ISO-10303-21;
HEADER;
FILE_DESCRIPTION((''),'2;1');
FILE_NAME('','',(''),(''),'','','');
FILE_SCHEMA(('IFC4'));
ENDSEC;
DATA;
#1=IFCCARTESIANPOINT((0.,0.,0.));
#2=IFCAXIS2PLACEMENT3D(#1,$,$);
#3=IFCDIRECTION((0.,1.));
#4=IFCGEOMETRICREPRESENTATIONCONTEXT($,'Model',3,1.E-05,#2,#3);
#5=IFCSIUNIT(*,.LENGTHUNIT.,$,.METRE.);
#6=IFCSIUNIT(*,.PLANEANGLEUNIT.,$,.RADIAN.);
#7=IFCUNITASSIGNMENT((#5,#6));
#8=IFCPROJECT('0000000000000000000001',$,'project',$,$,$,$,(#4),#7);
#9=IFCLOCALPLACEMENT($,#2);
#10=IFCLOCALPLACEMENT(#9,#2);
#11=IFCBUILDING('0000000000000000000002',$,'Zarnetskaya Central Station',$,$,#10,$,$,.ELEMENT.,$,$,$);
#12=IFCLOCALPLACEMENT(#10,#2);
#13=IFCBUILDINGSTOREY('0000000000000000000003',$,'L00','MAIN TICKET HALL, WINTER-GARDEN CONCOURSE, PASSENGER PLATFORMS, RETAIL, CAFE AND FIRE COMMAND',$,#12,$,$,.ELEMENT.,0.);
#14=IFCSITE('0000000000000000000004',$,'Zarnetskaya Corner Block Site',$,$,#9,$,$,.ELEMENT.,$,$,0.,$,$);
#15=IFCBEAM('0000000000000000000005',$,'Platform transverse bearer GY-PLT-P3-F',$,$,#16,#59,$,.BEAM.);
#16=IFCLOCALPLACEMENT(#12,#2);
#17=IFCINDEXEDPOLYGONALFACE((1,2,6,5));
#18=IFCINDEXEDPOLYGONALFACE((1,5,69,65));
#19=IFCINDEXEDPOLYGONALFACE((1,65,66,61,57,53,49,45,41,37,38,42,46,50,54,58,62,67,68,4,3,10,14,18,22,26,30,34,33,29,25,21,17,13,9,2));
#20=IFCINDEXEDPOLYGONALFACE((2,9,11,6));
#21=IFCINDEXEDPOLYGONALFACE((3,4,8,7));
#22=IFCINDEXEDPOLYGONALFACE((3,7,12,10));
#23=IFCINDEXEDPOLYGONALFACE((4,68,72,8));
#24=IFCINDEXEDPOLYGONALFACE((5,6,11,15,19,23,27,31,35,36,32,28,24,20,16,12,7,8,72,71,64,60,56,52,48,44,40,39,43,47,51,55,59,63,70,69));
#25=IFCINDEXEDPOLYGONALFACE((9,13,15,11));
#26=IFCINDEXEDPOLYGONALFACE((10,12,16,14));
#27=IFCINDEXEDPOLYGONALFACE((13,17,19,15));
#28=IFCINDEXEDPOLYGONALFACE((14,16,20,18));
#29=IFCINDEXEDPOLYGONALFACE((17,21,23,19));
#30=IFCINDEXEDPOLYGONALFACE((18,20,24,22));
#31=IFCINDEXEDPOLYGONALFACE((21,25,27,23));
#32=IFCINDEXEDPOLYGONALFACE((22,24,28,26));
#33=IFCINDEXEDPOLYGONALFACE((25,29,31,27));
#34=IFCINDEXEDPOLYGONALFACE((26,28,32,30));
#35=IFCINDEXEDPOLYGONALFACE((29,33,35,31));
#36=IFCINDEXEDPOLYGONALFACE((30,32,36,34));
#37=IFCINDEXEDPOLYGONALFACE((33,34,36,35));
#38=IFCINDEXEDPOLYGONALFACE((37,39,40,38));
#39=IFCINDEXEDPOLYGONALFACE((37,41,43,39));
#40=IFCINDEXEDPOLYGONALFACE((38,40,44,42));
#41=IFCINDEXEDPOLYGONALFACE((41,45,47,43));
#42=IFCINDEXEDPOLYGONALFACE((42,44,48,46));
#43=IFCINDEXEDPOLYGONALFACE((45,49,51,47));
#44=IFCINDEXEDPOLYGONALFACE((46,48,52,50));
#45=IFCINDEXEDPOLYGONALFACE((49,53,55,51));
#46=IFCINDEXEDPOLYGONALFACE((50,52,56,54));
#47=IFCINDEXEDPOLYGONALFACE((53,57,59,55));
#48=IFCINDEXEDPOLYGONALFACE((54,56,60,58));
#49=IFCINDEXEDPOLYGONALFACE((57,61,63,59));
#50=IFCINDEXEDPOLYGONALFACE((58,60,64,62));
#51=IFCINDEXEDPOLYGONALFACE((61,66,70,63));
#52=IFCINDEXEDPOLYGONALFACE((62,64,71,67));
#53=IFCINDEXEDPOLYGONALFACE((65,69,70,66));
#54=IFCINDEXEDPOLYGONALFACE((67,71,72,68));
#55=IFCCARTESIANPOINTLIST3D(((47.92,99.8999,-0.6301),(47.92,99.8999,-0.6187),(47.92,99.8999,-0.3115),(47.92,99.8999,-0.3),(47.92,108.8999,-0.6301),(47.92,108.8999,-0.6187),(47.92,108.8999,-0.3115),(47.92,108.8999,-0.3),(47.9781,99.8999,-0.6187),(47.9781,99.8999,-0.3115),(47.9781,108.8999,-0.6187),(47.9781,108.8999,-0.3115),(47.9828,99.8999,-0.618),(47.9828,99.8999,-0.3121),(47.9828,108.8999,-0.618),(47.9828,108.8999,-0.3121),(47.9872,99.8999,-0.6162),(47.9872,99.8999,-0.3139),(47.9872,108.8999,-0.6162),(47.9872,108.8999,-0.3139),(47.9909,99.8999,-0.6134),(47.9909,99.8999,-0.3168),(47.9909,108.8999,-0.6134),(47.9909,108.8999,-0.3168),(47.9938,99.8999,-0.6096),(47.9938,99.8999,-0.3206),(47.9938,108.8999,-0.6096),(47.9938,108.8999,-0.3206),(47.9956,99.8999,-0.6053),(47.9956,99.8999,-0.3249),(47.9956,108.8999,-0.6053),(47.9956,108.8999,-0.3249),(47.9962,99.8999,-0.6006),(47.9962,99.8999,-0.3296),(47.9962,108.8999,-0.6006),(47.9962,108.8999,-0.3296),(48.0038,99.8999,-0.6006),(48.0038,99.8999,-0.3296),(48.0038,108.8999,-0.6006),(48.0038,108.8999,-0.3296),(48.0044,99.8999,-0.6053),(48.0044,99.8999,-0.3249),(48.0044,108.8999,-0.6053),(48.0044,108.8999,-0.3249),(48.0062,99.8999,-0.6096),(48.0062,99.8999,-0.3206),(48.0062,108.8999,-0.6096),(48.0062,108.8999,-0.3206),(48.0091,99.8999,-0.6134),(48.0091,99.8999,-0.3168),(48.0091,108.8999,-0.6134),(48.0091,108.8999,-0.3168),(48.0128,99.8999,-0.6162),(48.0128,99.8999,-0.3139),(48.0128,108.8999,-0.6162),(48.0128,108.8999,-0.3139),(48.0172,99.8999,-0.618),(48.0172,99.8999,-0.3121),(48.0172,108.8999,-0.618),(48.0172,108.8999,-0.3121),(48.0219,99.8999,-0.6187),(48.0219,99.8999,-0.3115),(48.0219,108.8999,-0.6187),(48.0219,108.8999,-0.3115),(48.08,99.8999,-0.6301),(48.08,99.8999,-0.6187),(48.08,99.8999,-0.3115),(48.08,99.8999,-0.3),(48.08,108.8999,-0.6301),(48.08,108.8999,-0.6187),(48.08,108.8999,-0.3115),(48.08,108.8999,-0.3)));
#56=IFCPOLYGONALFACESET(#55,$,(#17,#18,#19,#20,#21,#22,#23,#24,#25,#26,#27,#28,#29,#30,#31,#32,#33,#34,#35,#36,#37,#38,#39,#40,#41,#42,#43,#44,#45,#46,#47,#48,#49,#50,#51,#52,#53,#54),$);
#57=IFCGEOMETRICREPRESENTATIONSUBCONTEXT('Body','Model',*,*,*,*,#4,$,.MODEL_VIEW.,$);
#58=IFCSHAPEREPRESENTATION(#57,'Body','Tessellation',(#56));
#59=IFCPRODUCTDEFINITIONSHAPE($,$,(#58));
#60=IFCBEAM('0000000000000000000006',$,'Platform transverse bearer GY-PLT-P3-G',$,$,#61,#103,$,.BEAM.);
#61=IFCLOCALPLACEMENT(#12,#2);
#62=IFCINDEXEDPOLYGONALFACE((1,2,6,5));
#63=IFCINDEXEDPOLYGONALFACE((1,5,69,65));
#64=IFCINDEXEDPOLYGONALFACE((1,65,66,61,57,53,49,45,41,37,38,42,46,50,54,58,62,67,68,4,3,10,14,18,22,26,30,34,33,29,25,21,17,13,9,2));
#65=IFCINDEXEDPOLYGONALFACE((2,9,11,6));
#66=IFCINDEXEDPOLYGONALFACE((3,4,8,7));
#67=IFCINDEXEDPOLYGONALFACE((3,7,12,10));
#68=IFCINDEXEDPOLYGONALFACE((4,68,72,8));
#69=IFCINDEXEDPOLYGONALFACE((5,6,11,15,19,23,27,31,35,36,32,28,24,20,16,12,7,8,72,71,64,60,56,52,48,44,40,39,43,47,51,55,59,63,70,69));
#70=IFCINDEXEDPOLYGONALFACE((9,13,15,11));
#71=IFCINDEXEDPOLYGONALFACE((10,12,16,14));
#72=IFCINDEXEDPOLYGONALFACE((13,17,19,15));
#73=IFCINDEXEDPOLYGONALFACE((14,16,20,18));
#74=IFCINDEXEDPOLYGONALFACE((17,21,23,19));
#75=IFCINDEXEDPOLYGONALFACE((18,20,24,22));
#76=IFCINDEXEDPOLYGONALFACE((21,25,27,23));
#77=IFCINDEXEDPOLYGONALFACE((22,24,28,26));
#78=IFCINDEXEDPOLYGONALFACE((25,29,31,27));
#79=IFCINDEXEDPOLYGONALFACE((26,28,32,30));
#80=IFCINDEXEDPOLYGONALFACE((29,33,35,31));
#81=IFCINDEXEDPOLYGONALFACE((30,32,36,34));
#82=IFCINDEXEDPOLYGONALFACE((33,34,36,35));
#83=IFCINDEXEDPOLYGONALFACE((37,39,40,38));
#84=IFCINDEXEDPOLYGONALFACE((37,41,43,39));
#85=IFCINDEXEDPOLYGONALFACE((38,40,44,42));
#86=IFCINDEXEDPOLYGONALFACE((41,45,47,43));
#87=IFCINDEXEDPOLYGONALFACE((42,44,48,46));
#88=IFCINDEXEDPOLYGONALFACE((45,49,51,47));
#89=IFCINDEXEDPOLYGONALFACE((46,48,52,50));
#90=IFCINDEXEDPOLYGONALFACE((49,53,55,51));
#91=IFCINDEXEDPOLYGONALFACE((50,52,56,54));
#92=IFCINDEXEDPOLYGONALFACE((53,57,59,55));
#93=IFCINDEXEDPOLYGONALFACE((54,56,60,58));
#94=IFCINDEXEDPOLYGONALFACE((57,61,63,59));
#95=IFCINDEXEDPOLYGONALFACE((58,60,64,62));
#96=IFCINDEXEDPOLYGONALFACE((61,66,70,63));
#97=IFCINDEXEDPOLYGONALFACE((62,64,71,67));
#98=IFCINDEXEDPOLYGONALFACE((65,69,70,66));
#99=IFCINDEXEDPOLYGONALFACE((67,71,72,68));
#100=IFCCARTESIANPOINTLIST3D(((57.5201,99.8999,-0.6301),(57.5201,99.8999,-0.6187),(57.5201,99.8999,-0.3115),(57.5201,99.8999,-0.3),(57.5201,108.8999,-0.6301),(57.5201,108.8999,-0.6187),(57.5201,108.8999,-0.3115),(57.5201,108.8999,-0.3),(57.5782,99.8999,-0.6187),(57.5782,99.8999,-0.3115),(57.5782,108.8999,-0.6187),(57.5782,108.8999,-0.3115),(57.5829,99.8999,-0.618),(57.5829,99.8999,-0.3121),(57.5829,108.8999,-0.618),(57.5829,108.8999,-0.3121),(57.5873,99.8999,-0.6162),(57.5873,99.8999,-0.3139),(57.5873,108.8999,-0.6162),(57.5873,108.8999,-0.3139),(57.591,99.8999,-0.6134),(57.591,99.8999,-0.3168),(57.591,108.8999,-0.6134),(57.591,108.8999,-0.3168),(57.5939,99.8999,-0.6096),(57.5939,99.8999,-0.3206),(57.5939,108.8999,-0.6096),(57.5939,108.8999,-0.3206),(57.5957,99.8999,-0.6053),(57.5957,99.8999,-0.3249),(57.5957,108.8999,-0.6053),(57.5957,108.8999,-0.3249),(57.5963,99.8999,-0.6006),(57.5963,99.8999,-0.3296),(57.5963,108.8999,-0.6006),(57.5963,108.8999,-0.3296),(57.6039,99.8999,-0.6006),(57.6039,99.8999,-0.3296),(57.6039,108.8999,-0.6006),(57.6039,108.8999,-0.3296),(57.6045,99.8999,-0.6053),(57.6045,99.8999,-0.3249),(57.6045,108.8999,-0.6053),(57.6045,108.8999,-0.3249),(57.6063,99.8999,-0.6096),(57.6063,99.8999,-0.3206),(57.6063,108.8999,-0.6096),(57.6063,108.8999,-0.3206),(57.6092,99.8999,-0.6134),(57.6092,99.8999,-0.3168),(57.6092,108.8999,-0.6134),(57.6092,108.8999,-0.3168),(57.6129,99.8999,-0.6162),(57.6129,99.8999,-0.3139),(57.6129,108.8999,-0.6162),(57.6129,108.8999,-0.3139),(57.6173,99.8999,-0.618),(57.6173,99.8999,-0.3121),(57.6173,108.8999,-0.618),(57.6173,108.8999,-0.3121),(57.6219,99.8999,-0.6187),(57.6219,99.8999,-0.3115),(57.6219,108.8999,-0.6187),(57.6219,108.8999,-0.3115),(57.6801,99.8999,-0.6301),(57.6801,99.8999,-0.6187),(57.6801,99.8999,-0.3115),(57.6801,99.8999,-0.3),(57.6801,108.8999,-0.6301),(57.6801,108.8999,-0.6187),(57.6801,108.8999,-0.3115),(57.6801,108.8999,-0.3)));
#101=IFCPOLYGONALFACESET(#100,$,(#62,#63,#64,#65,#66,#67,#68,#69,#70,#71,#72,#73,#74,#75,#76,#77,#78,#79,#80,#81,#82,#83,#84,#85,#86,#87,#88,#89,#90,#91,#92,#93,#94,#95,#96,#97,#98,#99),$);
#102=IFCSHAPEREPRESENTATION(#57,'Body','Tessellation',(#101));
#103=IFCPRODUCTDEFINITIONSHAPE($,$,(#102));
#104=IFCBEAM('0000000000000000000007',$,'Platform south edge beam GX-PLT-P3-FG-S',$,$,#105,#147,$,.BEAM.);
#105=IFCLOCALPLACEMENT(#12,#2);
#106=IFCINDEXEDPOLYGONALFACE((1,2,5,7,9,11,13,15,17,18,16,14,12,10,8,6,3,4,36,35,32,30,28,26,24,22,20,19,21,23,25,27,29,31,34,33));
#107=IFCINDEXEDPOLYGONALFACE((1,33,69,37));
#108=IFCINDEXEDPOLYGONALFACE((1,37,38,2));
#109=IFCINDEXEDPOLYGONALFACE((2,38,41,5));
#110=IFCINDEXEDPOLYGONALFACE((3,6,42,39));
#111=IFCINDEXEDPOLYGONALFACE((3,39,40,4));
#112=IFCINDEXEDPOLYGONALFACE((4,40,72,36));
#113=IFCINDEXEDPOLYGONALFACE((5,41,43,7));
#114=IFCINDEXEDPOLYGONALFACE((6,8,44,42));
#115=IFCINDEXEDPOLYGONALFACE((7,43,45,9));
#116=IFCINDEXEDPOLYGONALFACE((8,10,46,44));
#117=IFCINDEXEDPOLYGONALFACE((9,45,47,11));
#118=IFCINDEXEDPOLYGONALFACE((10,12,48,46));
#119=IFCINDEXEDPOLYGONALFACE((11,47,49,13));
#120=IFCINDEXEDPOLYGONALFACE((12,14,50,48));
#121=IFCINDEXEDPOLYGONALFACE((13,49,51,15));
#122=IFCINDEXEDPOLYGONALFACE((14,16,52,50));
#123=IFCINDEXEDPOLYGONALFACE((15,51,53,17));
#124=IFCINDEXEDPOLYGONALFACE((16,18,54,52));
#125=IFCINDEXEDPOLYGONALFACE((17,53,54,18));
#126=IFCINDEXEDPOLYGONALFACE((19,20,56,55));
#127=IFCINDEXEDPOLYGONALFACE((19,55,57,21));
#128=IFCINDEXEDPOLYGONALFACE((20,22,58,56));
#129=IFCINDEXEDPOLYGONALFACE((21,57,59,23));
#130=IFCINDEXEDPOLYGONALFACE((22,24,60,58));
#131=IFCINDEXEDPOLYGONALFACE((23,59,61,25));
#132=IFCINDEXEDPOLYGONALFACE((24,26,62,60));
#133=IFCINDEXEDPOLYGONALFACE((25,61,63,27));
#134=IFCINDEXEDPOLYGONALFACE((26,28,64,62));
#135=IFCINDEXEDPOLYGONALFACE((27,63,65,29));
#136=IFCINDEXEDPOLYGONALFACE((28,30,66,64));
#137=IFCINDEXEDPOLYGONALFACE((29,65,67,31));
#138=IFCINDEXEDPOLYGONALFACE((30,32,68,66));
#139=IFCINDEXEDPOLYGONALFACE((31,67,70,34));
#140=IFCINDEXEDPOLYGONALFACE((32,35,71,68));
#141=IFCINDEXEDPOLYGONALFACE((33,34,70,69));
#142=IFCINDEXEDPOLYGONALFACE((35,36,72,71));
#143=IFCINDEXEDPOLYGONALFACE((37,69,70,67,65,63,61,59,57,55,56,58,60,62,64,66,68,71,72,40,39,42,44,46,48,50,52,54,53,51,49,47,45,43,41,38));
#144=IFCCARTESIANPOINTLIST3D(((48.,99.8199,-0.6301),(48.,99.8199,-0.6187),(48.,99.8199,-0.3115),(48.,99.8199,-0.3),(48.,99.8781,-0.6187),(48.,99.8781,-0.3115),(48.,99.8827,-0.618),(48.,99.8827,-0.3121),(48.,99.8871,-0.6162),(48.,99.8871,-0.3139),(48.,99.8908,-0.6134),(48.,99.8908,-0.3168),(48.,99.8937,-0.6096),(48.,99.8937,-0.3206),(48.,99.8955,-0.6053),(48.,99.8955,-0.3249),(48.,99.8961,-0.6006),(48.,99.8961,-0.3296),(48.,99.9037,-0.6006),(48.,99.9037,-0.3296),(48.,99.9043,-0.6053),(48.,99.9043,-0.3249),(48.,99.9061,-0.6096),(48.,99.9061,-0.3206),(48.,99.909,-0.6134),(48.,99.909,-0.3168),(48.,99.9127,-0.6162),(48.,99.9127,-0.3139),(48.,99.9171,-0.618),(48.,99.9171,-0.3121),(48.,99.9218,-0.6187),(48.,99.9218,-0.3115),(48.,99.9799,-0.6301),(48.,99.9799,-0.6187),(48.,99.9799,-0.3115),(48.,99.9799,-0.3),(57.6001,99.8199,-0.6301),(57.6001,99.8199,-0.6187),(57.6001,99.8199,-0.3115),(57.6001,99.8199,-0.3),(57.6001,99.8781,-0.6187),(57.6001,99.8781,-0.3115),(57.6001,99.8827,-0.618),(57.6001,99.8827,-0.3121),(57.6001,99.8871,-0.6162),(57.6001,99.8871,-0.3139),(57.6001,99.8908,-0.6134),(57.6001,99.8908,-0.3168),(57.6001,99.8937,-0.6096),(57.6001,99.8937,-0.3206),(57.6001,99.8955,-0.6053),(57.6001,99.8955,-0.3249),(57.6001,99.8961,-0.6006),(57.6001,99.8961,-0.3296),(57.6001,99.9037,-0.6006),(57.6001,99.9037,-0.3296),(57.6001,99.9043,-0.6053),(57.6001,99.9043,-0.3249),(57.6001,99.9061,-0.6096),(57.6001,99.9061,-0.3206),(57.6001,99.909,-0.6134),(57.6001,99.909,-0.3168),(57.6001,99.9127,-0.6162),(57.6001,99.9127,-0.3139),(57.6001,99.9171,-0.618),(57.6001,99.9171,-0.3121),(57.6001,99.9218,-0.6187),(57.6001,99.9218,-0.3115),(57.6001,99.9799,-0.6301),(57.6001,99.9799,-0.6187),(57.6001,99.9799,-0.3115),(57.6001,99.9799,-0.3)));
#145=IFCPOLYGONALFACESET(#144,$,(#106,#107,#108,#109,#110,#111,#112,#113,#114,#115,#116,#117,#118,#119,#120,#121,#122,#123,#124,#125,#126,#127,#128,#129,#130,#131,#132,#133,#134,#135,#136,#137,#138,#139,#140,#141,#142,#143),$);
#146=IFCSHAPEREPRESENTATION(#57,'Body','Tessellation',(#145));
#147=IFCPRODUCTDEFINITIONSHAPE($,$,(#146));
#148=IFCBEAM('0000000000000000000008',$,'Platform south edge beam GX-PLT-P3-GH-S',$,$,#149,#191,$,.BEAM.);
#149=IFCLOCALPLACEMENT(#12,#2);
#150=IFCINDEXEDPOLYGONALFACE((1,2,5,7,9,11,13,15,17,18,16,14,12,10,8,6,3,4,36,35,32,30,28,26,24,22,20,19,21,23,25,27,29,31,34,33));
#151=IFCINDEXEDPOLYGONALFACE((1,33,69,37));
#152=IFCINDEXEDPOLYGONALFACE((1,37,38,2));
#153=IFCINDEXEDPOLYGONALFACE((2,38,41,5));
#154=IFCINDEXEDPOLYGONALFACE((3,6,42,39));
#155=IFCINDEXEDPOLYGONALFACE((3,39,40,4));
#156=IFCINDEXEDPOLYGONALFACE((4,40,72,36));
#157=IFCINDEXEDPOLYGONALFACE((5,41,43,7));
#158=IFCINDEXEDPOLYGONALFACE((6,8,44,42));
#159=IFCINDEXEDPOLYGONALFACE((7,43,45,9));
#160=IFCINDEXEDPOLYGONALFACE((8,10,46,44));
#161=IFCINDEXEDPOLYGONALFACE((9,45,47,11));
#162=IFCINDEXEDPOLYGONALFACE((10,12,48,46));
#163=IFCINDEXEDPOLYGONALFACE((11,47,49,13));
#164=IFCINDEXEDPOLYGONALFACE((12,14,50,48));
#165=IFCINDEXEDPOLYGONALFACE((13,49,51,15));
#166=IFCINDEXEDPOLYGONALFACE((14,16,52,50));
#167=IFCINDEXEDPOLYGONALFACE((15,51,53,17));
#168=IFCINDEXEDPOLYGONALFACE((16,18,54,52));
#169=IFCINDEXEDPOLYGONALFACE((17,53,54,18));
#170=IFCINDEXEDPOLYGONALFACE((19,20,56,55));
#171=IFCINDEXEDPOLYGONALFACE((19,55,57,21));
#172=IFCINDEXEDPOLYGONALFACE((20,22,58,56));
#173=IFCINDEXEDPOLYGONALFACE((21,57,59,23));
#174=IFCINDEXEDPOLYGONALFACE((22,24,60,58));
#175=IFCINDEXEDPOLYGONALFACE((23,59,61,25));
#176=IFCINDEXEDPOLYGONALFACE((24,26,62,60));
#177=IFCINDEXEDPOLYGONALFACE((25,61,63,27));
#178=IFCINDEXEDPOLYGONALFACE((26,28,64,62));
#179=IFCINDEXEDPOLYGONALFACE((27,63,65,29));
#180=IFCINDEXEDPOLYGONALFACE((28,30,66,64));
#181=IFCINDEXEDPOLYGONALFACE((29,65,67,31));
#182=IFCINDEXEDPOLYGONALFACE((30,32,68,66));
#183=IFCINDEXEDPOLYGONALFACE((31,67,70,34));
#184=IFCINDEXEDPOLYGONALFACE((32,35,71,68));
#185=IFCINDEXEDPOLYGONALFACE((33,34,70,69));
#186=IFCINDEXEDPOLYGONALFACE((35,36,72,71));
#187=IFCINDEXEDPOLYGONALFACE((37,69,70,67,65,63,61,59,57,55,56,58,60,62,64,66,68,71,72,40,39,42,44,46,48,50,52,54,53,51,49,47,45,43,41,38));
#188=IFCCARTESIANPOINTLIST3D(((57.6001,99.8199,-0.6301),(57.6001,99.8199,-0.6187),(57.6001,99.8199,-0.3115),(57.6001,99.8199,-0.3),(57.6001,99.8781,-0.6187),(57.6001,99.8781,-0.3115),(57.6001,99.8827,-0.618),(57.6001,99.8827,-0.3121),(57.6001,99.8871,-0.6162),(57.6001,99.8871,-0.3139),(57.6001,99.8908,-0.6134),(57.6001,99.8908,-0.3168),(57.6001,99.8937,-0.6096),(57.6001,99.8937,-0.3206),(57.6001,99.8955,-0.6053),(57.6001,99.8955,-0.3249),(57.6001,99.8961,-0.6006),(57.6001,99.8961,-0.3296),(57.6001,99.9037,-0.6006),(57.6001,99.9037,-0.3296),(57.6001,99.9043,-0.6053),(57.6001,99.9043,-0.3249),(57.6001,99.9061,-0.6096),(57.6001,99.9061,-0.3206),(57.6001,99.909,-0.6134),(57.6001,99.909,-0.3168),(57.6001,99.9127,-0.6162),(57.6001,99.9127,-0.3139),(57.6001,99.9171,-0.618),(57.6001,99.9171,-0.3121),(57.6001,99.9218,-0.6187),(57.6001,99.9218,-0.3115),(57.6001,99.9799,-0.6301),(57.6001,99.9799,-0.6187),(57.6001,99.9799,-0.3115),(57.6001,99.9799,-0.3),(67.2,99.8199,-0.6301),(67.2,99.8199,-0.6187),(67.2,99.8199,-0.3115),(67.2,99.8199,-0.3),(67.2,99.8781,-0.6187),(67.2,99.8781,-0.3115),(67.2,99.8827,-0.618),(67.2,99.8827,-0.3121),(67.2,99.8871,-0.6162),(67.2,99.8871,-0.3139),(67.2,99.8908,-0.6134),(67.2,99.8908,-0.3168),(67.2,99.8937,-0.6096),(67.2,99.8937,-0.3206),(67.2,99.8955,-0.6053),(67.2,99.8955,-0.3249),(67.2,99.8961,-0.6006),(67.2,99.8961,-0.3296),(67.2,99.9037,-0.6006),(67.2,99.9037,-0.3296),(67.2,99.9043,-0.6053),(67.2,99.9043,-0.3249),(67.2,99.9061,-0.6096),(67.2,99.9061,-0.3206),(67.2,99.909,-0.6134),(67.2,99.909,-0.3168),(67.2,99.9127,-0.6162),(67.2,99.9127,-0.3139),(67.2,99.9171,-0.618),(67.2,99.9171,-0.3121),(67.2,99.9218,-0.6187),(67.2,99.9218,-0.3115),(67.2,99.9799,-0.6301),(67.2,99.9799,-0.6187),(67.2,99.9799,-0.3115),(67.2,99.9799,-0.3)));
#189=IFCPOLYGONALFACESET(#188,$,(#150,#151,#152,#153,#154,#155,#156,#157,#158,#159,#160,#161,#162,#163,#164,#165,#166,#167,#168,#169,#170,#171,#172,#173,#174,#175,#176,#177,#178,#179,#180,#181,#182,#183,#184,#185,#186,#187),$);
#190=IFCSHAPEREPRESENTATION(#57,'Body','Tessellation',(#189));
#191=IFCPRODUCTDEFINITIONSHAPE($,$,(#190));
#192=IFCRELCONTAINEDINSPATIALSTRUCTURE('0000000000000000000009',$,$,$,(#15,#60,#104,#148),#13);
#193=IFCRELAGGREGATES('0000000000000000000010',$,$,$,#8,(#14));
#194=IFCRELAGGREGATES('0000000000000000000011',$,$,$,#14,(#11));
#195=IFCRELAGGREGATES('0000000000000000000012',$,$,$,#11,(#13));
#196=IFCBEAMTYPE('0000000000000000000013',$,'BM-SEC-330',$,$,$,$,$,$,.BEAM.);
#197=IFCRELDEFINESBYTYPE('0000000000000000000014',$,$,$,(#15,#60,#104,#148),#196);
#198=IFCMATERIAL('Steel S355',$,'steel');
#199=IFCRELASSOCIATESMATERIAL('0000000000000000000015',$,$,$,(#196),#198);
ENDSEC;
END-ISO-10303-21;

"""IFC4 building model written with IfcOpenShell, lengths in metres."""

from ifc_helpers import new_model, si_unit, direction, frame, origin, origin_2d, place, context, subcontext, project, spatial, i_section, extrude, material, material_profile, profile_set, type_object, element, save


model = new_model("IFC4")

# Units and contexts
model_context = context("Model", 3, precision=1e-05, world=origin(), true_north=direction((0.0, 1.0)))
body_context = subcontext(model_context, "Body", "Model", "MODEL_VIEW")
ifc_project = project(units=[si_unit("LENGTHUNIT", "METRE"), si_unit("PLANEANGLEUNIT", "RADIAN")], contexts=[model_context])

# Site, building, storey
site_placement = place(None, origin())
site = spatial("IfcSite", under=ifc_project, at=site_placement, Name="Zarnetskaya Corner Block Site", CompositionType="ELEMENT", RefElevation=0.0)
building_placement = place(site_placement, origin())
building = spatial("IfcBuilding", under=site, at=building_placement, Name="Zarnetskaya Central Station", CompositionType="ELEMENT")
storey_placement = place(building_placement, origin())
storey = spatial("IfcBuildingStorey", under=building, at=storey_placement, Name="L00", Description="MAIN TICKET HALL, WINTER-GARDEN CONCOURSE, PASSENGER PLATFORMS, RETAIL, CAFE AND FIRE COMMAND", CompositionType="ELEMENT", Elevation=0.0)

# Shared definitions
ifc_material = material(Name="Steel S355", Category="steel")

# Beams
ifc_material_profile_1 = material_profile(ifc_material, i_section(OverallWidth=0.1599, OverallDepth=0.3301, WebThickness=0.0076, FlangeThickness=0.0115, FilletRadius=0.0181, at=origin_2d()), Name="IPE 330")
ifc_profile_set_1 = profile_set([ifc_material_profile_1], Name="Steel S355")
beam_type_1 = type_object("IfcBeamType", Name="BM-SEC-330", PredefinedType="BEAM", material=ifc_profile_set_1)
for number, where, z_axis, x_axis, name in (
    (1, (48.0, 99.8999, -0.4651), (0.0, 1.0, 0.0), (-1.0, 0.0, 0.0), "Platform transverse bearer GY-PLT-P3-F"),
    (2, (57.6001, 99.8999, -0.4651), (0.0, 1.0, 0.0), (-1.0, 0.0, 0.0), "Platform transverse bearer GY-PLT-P3-G"),
):
    element("IfcBeam", number, at=place(storey_placement, frame(where, z_axis=z_axis, x_axis=x_axis)), inside=storey, type_object=beam_type_1, Name=name, PredefinedType="BEAM", context=body_context, shape_type="SweptSolid", body=[
        extrude(i_section(OverallWidth=0.1599, OverallDepth=0.3301, WebThickness=0.0076, FlangeThickness=0.0115, FilletRadius=0.0181, at=origin_2d()), origin(), (0.0, 0.0, 1.0), 9.0),
    ])
beam_1_placement = place(storey_placement, frame((48.0, 99.8999, -0.4651), z_axis=(1.0, 0.0, 0.0), x_axis=(0.0, 1.0, 0.0)))
element("IfcBeam", 3, at=beam_1_placement, inside=storey, type_object=beam_type_1, Name="Platform south edge beam GX-PLT-P3-FG-S", PredefinedType="BEAM", context=body_context, shape_type="SweptSolid", body=[
    extrude(i_section(OverallWidth=0.1599, OverallDepth=0.3301, WebThickness=0.0076, FlangeThickness=0.0115, FilletRadius=0.0181, at=origin_2d()), origin(), (0.0, 0.0, 1.0), 9.6001),
])
beam_2_placement = place(storey_placement, frame((57.6001, 99.8999, -0.4651), z_axis=(1.0, 0.0, 0.0), x_axis=(0.0, 1.0, 0.0)))
element("IfcBeam", 4, at=beam_2_placement, inside=storey, type_object=beam_type_1, Name="Platform south edge beam GX-PLT-P3-GH-S", PredefinedType="BEAM", context=body_context, shape_type="SweptSolid", body=[
    extrude(i_section(OverallWidth=0.1599, OverallDepth=0.3301, WebThickness=0.0076, FlangeThickness=0.0115, FilletRadius=0.0181, at=origin_2d()), origin(), (0.0, 0.0, 1.0), 9.5999),
])

save(model, "model.ifc")
